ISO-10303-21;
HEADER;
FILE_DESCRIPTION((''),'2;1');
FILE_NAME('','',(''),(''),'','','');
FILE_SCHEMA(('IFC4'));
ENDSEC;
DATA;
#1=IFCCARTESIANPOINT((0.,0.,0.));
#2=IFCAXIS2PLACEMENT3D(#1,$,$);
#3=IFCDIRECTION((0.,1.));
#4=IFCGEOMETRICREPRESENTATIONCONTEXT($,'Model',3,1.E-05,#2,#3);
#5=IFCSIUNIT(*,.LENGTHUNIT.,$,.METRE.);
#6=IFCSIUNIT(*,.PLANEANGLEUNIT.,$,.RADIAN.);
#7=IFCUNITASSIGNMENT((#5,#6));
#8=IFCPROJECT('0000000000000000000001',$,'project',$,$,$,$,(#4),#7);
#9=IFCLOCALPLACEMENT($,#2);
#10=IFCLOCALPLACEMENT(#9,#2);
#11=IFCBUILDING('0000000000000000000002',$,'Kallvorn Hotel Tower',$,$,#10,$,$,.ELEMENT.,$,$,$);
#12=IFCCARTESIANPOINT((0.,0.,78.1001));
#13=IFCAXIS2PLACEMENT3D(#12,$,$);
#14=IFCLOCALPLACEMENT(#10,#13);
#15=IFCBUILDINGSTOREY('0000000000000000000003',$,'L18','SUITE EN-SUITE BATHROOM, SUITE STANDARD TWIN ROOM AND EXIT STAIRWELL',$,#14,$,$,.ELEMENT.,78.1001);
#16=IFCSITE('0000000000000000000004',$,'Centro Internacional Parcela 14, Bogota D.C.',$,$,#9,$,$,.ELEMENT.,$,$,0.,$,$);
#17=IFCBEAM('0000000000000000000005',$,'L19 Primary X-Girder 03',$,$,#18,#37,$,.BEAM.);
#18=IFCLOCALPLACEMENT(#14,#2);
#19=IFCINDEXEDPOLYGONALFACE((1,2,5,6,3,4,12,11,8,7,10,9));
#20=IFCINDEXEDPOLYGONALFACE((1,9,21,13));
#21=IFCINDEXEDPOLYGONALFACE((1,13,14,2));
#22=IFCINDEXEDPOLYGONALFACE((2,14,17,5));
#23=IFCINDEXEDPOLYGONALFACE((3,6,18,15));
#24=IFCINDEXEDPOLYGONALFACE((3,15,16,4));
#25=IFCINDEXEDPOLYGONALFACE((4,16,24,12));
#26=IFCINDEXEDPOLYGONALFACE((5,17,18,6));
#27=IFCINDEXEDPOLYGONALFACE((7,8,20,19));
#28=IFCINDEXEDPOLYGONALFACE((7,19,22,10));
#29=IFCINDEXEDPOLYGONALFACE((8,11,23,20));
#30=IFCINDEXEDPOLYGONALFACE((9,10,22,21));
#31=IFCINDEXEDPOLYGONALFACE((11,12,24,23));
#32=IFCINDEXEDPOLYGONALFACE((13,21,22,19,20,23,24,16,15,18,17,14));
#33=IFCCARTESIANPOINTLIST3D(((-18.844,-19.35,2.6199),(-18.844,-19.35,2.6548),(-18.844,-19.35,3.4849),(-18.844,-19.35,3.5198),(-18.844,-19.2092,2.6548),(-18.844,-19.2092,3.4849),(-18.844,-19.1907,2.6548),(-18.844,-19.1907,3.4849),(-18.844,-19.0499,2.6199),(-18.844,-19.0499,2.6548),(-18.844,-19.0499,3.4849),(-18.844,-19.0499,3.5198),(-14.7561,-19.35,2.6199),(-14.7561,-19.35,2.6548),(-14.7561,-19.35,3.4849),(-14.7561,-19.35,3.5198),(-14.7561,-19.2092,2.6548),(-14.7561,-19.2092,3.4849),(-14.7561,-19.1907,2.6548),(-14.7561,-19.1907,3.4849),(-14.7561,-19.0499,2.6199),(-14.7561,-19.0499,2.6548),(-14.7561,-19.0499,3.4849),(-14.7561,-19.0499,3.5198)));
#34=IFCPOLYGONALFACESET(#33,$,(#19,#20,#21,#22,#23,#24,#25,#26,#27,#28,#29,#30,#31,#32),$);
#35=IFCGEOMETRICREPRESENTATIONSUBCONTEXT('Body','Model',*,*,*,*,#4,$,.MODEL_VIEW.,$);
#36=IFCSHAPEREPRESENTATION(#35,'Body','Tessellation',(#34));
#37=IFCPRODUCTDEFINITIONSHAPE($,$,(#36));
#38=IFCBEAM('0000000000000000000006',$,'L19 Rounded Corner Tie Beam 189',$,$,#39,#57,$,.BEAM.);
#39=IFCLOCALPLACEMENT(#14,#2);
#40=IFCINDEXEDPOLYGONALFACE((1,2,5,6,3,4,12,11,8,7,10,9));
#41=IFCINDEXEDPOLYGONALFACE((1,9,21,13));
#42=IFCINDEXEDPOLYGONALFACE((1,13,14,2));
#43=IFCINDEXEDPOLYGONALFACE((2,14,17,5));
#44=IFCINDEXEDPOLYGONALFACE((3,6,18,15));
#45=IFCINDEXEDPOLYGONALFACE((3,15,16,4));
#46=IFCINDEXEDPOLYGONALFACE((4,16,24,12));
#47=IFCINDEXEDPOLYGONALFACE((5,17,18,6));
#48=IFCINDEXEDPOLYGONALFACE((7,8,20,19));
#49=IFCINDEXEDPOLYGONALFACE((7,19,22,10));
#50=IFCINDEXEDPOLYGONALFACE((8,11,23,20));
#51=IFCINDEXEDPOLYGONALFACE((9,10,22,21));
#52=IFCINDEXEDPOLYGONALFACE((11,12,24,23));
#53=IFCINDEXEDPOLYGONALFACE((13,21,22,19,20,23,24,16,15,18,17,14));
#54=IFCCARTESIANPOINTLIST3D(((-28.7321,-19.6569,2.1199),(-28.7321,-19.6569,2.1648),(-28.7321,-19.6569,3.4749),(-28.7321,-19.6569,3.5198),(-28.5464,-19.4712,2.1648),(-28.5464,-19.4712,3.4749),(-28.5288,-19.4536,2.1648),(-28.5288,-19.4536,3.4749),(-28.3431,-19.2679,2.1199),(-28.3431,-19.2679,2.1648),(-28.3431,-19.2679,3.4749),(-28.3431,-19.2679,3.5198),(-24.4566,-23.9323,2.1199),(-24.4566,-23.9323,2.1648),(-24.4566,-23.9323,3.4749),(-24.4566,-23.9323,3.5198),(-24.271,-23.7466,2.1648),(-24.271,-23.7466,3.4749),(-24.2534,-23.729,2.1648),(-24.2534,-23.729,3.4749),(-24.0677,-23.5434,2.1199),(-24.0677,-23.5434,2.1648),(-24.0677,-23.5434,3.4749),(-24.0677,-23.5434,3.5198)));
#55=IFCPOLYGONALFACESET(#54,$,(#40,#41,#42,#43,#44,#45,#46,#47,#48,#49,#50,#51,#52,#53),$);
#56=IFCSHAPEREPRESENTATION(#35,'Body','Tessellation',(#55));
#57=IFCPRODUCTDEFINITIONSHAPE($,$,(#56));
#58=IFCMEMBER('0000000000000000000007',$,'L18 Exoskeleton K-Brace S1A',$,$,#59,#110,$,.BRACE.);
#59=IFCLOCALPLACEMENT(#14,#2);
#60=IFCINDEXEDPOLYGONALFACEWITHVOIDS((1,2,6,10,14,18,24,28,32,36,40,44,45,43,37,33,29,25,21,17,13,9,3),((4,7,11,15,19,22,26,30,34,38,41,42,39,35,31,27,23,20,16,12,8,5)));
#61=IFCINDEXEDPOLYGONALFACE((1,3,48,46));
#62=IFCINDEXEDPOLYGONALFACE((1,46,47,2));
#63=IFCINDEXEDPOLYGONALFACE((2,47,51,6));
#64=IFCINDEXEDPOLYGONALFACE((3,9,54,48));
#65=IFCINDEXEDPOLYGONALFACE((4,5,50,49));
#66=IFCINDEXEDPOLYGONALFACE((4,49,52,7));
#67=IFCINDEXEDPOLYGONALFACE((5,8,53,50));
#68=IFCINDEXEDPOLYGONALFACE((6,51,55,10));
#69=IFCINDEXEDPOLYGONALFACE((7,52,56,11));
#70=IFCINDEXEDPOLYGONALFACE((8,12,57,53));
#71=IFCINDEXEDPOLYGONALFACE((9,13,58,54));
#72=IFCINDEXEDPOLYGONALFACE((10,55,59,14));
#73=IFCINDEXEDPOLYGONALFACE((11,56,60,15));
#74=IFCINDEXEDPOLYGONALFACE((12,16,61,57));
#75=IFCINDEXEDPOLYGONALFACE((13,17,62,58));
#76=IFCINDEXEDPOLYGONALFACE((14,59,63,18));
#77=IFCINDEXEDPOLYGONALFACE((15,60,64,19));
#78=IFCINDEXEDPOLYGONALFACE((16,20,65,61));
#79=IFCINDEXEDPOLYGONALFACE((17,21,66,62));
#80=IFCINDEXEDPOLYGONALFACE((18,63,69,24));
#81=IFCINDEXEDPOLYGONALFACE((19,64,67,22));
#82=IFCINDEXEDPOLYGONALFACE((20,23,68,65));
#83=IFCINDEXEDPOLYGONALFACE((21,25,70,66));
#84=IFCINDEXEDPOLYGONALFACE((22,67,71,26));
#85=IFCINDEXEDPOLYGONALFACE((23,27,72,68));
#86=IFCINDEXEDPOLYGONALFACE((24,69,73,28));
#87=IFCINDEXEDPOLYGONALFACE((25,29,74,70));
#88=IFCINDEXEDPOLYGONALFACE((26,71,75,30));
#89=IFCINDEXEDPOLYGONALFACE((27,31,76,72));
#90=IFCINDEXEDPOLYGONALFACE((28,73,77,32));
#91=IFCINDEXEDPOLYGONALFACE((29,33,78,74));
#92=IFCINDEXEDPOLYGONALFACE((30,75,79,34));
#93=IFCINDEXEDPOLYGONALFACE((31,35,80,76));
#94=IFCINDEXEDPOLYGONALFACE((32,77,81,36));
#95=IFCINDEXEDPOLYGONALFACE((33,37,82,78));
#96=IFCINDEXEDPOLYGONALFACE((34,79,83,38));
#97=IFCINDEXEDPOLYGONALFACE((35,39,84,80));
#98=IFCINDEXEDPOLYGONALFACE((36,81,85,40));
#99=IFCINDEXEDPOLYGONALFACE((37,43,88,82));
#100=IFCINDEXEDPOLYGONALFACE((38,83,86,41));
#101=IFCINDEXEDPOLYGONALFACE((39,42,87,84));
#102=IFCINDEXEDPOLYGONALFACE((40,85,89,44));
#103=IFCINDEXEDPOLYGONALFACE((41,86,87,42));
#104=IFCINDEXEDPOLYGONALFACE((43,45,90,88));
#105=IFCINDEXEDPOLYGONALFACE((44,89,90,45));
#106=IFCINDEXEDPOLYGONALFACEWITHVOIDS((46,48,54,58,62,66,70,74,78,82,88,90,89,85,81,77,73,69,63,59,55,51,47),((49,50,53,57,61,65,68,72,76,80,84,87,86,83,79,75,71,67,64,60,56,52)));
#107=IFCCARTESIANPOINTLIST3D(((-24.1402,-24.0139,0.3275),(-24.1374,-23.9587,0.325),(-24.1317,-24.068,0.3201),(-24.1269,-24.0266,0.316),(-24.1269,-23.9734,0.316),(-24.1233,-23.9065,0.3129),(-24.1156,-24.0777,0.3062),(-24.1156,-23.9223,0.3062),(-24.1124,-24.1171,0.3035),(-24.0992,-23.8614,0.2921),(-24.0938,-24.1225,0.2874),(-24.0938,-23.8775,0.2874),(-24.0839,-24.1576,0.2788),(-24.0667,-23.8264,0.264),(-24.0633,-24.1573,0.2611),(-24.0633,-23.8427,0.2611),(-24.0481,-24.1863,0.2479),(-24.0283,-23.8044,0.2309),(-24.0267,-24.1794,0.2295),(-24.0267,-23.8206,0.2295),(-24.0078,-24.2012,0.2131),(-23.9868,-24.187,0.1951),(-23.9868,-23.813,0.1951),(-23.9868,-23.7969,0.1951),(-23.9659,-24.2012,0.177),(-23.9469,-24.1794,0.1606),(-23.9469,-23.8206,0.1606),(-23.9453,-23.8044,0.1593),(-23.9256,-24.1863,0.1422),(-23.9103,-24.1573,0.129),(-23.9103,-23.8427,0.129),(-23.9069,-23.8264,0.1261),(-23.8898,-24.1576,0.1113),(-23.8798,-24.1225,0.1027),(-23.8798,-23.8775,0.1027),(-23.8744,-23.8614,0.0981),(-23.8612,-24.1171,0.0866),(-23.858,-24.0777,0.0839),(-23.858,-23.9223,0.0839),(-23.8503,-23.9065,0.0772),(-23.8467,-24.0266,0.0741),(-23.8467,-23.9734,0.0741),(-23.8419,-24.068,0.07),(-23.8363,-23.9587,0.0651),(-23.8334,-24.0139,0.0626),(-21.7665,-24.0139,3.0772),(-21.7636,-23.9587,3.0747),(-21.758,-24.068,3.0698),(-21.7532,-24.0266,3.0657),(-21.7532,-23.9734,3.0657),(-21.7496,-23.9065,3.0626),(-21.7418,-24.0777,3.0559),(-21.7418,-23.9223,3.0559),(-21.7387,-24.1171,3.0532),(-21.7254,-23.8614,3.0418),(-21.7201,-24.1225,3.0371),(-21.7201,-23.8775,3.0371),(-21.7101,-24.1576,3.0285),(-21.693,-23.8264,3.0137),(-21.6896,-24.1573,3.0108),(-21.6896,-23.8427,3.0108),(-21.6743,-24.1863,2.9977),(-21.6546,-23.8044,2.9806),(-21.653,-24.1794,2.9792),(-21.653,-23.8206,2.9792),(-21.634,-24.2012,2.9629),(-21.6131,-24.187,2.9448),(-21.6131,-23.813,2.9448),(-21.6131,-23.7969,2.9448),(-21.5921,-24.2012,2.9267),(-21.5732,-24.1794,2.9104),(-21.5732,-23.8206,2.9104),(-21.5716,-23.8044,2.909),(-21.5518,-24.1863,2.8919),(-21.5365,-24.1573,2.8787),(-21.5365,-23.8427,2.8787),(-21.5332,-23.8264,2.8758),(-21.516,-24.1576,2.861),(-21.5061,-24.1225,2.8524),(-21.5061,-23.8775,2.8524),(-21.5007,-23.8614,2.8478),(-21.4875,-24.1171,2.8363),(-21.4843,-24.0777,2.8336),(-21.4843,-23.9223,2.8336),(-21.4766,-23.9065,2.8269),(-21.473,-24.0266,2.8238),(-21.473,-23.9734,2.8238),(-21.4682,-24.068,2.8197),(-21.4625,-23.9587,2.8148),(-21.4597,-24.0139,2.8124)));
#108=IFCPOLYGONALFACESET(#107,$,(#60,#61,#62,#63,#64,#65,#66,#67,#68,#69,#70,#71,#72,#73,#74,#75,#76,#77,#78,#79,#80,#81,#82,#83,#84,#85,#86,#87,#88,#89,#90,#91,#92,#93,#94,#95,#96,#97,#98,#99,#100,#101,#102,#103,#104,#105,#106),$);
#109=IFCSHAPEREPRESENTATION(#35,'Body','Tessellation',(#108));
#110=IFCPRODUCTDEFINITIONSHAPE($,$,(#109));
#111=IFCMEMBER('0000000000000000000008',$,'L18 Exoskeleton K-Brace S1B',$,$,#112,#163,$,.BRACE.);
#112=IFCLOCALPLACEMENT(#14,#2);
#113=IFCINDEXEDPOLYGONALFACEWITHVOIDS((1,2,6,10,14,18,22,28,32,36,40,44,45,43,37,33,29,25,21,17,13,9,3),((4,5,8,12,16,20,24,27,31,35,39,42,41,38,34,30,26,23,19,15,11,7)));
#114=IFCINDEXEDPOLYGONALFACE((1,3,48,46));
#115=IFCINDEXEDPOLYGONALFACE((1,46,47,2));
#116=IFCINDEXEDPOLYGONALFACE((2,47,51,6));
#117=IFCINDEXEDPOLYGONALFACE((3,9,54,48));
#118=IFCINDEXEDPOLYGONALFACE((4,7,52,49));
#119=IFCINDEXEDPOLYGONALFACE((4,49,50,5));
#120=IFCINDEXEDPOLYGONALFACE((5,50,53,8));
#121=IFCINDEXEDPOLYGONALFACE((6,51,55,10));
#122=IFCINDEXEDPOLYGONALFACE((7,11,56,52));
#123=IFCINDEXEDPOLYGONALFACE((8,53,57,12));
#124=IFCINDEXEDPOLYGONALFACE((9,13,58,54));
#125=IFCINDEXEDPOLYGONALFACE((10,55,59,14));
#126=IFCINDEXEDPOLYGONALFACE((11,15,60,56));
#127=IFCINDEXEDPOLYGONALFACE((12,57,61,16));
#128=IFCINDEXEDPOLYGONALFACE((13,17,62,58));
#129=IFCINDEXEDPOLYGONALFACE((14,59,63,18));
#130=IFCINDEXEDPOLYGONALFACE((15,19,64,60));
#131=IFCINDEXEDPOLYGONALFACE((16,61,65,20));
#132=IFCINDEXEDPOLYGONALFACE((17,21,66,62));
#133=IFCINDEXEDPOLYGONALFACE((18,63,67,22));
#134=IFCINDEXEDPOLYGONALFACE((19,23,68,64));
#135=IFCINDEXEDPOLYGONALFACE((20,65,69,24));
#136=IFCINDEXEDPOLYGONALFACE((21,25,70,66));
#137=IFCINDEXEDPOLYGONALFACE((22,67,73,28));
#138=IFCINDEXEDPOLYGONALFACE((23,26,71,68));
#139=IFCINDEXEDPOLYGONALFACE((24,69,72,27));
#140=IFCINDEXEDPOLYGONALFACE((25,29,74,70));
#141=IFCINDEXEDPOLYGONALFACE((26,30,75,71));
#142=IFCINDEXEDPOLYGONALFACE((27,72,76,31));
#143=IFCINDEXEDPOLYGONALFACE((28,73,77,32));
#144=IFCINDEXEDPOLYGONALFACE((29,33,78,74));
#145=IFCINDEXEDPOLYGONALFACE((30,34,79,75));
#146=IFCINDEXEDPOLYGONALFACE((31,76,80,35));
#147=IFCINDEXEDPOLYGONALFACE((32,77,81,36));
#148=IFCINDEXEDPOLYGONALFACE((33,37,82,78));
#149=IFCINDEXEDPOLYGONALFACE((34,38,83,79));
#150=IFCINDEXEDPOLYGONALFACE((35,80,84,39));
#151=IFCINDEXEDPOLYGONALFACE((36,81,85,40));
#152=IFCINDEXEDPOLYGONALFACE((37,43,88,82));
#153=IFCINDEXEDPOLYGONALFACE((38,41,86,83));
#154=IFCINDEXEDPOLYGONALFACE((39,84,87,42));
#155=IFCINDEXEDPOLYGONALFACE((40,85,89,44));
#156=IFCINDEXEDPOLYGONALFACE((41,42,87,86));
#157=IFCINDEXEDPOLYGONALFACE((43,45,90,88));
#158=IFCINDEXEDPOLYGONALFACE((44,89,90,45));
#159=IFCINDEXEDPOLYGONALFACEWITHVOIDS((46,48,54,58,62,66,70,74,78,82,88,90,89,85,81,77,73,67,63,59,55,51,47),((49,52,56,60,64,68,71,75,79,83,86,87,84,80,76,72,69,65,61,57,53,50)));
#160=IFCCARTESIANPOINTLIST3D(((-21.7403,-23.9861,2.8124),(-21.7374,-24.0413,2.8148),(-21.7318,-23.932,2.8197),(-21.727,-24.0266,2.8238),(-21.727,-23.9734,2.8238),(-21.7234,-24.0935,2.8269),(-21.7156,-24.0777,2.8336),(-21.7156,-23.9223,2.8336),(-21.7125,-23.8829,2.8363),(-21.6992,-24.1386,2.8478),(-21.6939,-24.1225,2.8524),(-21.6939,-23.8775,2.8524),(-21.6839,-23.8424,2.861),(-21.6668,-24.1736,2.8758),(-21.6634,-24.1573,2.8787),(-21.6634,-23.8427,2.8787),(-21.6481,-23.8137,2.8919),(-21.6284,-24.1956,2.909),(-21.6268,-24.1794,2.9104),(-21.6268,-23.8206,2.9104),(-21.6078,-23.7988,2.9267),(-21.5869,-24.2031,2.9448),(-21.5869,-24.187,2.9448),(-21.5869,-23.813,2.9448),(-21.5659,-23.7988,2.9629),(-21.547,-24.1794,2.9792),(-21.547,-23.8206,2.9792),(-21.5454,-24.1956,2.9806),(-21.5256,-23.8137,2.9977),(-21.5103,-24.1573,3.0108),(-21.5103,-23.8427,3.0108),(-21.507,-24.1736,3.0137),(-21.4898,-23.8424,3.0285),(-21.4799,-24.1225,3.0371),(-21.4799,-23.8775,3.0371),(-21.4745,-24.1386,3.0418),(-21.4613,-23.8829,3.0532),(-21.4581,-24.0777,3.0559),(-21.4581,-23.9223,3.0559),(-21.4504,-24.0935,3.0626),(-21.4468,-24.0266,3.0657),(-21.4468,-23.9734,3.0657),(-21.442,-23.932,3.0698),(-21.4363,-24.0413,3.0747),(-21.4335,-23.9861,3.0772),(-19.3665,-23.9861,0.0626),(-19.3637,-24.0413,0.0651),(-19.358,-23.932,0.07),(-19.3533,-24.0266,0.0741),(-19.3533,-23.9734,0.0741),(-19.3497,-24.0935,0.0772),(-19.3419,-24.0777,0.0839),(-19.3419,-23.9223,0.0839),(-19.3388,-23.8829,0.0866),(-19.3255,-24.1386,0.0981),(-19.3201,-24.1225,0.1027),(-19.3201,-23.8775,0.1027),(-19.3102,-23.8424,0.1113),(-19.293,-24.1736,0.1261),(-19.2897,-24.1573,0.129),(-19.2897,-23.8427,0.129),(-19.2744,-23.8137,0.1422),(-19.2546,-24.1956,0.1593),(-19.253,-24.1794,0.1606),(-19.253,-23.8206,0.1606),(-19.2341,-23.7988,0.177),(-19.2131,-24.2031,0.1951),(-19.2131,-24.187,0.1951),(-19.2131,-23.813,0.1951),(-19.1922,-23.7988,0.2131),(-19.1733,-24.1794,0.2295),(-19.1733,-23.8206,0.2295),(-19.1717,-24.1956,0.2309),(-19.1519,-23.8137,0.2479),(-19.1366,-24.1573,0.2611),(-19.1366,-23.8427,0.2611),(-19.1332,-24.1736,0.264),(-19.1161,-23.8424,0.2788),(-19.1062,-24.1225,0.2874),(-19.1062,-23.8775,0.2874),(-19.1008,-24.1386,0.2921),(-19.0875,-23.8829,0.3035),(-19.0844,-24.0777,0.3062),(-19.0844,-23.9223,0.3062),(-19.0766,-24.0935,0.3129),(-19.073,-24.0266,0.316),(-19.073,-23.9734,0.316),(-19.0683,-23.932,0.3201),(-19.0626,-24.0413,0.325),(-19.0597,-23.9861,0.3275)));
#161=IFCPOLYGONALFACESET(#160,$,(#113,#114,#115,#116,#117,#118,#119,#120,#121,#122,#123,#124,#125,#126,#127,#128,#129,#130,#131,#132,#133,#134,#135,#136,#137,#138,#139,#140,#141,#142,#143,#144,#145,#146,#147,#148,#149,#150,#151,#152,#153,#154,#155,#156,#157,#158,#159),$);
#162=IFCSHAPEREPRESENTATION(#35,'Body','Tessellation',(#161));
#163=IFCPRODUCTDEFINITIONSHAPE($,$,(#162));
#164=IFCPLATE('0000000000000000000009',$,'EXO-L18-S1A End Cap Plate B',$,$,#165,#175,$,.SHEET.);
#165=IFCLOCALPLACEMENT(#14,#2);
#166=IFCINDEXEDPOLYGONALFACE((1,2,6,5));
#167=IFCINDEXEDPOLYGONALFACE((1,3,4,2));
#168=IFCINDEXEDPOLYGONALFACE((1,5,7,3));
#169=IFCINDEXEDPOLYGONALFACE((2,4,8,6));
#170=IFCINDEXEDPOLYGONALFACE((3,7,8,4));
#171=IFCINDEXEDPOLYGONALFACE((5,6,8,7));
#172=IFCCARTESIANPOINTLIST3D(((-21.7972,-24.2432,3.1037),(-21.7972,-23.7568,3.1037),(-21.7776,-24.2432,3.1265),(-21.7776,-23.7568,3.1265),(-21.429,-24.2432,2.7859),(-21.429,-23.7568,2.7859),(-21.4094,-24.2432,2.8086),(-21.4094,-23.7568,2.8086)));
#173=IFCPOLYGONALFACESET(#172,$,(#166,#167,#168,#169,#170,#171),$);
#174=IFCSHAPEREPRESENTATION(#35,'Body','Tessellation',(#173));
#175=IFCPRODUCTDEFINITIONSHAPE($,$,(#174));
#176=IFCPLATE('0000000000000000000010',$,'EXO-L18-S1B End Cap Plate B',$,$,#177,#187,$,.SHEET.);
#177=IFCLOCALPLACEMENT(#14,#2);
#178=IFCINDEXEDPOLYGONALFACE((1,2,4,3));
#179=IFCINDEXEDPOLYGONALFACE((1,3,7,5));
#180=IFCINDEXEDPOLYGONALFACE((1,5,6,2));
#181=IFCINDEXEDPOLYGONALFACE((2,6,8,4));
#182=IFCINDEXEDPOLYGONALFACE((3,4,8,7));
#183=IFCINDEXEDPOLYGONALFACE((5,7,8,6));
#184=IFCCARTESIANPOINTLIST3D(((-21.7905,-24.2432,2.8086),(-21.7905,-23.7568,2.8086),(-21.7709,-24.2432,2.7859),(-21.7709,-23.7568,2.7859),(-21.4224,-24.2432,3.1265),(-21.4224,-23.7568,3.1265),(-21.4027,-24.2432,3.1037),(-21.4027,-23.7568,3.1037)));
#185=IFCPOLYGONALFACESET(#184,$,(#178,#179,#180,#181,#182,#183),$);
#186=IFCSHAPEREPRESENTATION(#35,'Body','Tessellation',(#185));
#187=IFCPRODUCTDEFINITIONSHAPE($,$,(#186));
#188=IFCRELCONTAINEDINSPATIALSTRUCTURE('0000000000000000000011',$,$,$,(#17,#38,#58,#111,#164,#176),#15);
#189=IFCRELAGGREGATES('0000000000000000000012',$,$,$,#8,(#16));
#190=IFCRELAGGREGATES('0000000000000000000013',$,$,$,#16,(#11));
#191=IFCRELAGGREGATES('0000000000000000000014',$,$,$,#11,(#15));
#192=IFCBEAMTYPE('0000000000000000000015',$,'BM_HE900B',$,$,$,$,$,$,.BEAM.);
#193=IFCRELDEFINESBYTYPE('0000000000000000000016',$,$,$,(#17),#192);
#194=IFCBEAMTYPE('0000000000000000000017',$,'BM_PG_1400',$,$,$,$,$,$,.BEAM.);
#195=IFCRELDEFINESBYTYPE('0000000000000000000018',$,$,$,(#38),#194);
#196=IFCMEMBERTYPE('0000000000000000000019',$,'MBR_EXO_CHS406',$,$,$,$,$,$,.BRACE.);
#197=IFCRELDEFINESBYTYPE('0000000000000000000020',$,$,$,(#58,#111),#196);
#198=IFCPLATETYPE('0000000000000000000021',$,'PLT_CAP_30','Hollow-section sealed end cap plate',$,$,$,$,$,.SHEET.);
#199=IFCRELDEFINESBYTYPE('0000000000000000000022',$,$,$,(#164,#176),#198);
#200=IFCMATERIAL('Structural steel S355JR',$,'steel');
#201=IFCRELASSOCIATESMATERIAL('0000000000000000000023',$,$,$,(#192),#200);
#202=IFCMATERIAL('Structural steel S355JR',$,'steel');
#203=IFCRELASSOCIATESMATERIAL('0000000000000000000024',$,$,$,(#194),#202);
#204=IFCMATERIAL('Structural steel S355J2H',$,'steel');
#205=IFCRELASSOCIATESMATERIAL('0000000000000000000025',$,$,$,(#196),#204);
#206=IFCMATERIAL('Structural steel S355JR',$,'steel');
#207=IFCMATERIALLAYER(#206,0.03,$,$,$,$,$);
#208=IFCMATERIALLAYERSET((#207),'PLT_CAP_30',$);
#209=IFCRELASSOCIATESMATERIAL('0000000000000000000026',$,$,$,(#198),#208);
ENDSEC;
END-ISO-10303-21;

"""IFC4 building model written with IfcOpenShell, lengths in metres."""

from ifc_helpers import new_model, si_unit, direction, frame, origin, origin_2d, place, context, subcontext, project, spatial, polyline, hollow_circle, i_section, outline, extrude, material, layer, layer_set, material_profile, profile_set, type_object, element, save


model = new_model("IFC4")

# Units and contexts
model_context = context("Model", 3, precision=1e-05, world=origin(), true_north=direction((0.0, 1.0)))
body_context = subcontext(model_context, "Body", "Model", "MODEL_VIEW")
ifc_project = project(units=[si_unit("LENGTHUNIT", "METRE"), si_unit("PLANEANGLEUNIT", "RADIAN")], contexts=[model_context])

# Site, building, storey
site_placement = place(None, origin())
site = spatial("IfcSite", under=ifc_project, at=site_placement, Name="Centro Internacional Parcela 14, Bogota D.C.", CompositionType="ELEMENT", RefElevation=0.0)
building_placement = place(site_placement, origin())
building = spatial("IfcBuilding", under=site, at=building_placement, Name="Kallvorn Hotel Tower", CompositionType="ELEMENT")
storey_placement = place(building_placement, frame((0.0, 0.0, 78.1001)))
storey = spatial("IfcBuildingStorey", under=building, at=storey_placement, Name="L18", Description="SUITE EN-SUITE BATHROOM, SUITE STANDARD TWIN ROOM AND EXIT STAIRWELL", CompositionType="ELEMENT", Elevation=78.1001)

# Beams
ifc_material_1 = material(Name="Structural steel S355JR", Category="steel")
ifc_material_profile_1 = material_profile(ifc_material_1, i_section(OverallWidth=0.3, OverallDepth=0.8999, WebThickness=0.0186, FlangeThickness=0.0349, at=origin_2d()), Name="HE 900 B")
ifc_profile_set_1 = profile_set([ifc_material_profile_1], Name="Structural steel S355JR")
beam_type_1 = type_object("IfcBeamType", Name="BM_HE900B", PredefinedType="BEAM", material=ifc_profile_set_1)
beam_1_placement = place(storey_placement, frame((-18.844, -19.2, 3.0698), z_axis=(1.0, 0.0, 0.0), x_axis=(0.0, 1.0, 0.0)))
element("IfcBeam", 1, at=beam_1_placement, inside=storey, type_object=beam_type_1, Name="L19 Primary X-Girder 03", PredefinedType="BEAM", context=body_context, shape_type="SweptSolid", body=[
    extrude(i_section(OverallWidth=0.3, OverallDepth=0.8999, WebThickness=0.0186, FlangeThickness=0.0349, at=origin_2d()), origin(), (0.0, 0.0, 1.0), 4.0879),
])
ifc_material_2 = material(Name="Structural steel S355JR", Category="steel")
ifc_material_profile_2 = material_profile(ifc_material_2, i_section(OverallWidth=0.55, OverallDepth=1.3999, WebThickness=0.0249, FlangeThickness=0.0449, at=origin_2d()), Name="PG 1400x550x25x45")
ifc_profile_set_2 = profile_set([ifc_material_profile_2], Name="Structural steel S355JR")
beam_type_2 = type_object("IfcBeamType", Name="BM_PG_1400", PredefinedType="BEAM", material=ifc_profile_set_2)
beam_2_placement = place(storey_placement, frame((-28.5376, -19.4624, 2.8198), z_axis=(0.707107, -0.707107, 0.0), x_axis=(0.707107, 0.707107, 0.0)))
element("IfcBeam", 2, at=beam_2_placement, inside=storey, type_object=beam_type_2, Name="L19 Rounded Corner Tie Beam 189", PredefinedType="BEAM", context=body_context, shape_type="SweptSolid", body=[
    extrude(i_section(OverallWidth=0.55, OverallDepth=1.3999, WebThickness=0.0249, FlangeThickness=0.0449, at=origin_2d()), origin(), (0.0, 0.0, 1.0), 6.0464),
])

# Members
ifc_material_3 = material(Name="Structural steel S355J2H", Category="steel")
ifc_material_profile_3 = material_profile(ifc_material_3, hollow_circle(Radius=0.2031, WallThickness=0.0161, at=origin_2d()), Name="CHS 406.4x16")
ifc_profile_set_3 = profile_set([ifc_material_profile_3], Name="Structural steel S355J2H")
member_type = type_object("IfcMemberType", Name="MBR_EXO_CHS406", PredefinedType="BRACE", material=ifc_profile_set_3)
for number, where, z_axis, x_axis, name in (
    (3, (-23.9868, -24.0, 0.1951), (0.653461, 0.0, 0.756961), (0.0, 1.0, 0.0), "L18 Exoskeleton K-Brace S1A"),
    (4, (-19.2131, -24.0, 0.1951), (-0.653461, 0.0, 0.756961), (0.0, -1.0, 0.0), "L18 Exoskeleton K-Brace S1B"),
):
    element("IfcMember", number, at=place(storey_placement, frame(where, z_axis=z_axis, x_axis=x_axis)), inside=storey, type_object=member_type, Name=name, PredefinedType="BRACE", context=body_context, shape_type="SweptSolid", body=[
        extrude(hollow_circle(Radius=0.2031, WallThickness=0.0161, at=origin_2d()), origin(), (0.0, 0.0, 1.0), 3.6326),
    ])

# Plates
ifc_material_4 = material(Name="Structural steel S355JR", Category="steel")
ifc_layer_1 = layer(ifc_material_4, 0.03)
ifc_layer_set_1 = layer_set([ifc_layer_1], Name="PLT_CAP_30")
plate_type_1 = type_object("IfcPlateType", Name="PLT_CAP_30", Description="Hollow-section sealed end cap plate", PredefinedType="SHEET", material=ifc_layer_set_1)
for number, where, z_axis, x_axis, name in (
    (5, (-21.4094, -24.2432, 2.8086), (0.653515, 0.0, 0.756913), (0.0, 1.0, 0.0), "EXO-L18-S1A End Cap Plate B"),
    (6, (-21.7905, -23.7568, 2.8086), (-0.653515, 0.0, 0.756913), (0.0, -1.0, 0.0), "EXO-L18-S1B End Cap Plate B"),
):
    element("IfcPlate", number, at=place(storey_placement, frame(where, z_axis=z_axis, x_axis=x_axis)), inside=storey, type_object=plate_type_1, Name=name, PredefinedType="SHEET", context=body_context, shape_type="SweptSolid", body=[
        extrude(outline(polyline([(0.0, 0.0), (0.4863, 0.0), (0.4863, 0.4864), (0.0, 0.4864), (0.0, 0.0)])), origin(), (0.0, 0.0, -1.0), 0.03),
    ])

save(model, "model.ifc")
